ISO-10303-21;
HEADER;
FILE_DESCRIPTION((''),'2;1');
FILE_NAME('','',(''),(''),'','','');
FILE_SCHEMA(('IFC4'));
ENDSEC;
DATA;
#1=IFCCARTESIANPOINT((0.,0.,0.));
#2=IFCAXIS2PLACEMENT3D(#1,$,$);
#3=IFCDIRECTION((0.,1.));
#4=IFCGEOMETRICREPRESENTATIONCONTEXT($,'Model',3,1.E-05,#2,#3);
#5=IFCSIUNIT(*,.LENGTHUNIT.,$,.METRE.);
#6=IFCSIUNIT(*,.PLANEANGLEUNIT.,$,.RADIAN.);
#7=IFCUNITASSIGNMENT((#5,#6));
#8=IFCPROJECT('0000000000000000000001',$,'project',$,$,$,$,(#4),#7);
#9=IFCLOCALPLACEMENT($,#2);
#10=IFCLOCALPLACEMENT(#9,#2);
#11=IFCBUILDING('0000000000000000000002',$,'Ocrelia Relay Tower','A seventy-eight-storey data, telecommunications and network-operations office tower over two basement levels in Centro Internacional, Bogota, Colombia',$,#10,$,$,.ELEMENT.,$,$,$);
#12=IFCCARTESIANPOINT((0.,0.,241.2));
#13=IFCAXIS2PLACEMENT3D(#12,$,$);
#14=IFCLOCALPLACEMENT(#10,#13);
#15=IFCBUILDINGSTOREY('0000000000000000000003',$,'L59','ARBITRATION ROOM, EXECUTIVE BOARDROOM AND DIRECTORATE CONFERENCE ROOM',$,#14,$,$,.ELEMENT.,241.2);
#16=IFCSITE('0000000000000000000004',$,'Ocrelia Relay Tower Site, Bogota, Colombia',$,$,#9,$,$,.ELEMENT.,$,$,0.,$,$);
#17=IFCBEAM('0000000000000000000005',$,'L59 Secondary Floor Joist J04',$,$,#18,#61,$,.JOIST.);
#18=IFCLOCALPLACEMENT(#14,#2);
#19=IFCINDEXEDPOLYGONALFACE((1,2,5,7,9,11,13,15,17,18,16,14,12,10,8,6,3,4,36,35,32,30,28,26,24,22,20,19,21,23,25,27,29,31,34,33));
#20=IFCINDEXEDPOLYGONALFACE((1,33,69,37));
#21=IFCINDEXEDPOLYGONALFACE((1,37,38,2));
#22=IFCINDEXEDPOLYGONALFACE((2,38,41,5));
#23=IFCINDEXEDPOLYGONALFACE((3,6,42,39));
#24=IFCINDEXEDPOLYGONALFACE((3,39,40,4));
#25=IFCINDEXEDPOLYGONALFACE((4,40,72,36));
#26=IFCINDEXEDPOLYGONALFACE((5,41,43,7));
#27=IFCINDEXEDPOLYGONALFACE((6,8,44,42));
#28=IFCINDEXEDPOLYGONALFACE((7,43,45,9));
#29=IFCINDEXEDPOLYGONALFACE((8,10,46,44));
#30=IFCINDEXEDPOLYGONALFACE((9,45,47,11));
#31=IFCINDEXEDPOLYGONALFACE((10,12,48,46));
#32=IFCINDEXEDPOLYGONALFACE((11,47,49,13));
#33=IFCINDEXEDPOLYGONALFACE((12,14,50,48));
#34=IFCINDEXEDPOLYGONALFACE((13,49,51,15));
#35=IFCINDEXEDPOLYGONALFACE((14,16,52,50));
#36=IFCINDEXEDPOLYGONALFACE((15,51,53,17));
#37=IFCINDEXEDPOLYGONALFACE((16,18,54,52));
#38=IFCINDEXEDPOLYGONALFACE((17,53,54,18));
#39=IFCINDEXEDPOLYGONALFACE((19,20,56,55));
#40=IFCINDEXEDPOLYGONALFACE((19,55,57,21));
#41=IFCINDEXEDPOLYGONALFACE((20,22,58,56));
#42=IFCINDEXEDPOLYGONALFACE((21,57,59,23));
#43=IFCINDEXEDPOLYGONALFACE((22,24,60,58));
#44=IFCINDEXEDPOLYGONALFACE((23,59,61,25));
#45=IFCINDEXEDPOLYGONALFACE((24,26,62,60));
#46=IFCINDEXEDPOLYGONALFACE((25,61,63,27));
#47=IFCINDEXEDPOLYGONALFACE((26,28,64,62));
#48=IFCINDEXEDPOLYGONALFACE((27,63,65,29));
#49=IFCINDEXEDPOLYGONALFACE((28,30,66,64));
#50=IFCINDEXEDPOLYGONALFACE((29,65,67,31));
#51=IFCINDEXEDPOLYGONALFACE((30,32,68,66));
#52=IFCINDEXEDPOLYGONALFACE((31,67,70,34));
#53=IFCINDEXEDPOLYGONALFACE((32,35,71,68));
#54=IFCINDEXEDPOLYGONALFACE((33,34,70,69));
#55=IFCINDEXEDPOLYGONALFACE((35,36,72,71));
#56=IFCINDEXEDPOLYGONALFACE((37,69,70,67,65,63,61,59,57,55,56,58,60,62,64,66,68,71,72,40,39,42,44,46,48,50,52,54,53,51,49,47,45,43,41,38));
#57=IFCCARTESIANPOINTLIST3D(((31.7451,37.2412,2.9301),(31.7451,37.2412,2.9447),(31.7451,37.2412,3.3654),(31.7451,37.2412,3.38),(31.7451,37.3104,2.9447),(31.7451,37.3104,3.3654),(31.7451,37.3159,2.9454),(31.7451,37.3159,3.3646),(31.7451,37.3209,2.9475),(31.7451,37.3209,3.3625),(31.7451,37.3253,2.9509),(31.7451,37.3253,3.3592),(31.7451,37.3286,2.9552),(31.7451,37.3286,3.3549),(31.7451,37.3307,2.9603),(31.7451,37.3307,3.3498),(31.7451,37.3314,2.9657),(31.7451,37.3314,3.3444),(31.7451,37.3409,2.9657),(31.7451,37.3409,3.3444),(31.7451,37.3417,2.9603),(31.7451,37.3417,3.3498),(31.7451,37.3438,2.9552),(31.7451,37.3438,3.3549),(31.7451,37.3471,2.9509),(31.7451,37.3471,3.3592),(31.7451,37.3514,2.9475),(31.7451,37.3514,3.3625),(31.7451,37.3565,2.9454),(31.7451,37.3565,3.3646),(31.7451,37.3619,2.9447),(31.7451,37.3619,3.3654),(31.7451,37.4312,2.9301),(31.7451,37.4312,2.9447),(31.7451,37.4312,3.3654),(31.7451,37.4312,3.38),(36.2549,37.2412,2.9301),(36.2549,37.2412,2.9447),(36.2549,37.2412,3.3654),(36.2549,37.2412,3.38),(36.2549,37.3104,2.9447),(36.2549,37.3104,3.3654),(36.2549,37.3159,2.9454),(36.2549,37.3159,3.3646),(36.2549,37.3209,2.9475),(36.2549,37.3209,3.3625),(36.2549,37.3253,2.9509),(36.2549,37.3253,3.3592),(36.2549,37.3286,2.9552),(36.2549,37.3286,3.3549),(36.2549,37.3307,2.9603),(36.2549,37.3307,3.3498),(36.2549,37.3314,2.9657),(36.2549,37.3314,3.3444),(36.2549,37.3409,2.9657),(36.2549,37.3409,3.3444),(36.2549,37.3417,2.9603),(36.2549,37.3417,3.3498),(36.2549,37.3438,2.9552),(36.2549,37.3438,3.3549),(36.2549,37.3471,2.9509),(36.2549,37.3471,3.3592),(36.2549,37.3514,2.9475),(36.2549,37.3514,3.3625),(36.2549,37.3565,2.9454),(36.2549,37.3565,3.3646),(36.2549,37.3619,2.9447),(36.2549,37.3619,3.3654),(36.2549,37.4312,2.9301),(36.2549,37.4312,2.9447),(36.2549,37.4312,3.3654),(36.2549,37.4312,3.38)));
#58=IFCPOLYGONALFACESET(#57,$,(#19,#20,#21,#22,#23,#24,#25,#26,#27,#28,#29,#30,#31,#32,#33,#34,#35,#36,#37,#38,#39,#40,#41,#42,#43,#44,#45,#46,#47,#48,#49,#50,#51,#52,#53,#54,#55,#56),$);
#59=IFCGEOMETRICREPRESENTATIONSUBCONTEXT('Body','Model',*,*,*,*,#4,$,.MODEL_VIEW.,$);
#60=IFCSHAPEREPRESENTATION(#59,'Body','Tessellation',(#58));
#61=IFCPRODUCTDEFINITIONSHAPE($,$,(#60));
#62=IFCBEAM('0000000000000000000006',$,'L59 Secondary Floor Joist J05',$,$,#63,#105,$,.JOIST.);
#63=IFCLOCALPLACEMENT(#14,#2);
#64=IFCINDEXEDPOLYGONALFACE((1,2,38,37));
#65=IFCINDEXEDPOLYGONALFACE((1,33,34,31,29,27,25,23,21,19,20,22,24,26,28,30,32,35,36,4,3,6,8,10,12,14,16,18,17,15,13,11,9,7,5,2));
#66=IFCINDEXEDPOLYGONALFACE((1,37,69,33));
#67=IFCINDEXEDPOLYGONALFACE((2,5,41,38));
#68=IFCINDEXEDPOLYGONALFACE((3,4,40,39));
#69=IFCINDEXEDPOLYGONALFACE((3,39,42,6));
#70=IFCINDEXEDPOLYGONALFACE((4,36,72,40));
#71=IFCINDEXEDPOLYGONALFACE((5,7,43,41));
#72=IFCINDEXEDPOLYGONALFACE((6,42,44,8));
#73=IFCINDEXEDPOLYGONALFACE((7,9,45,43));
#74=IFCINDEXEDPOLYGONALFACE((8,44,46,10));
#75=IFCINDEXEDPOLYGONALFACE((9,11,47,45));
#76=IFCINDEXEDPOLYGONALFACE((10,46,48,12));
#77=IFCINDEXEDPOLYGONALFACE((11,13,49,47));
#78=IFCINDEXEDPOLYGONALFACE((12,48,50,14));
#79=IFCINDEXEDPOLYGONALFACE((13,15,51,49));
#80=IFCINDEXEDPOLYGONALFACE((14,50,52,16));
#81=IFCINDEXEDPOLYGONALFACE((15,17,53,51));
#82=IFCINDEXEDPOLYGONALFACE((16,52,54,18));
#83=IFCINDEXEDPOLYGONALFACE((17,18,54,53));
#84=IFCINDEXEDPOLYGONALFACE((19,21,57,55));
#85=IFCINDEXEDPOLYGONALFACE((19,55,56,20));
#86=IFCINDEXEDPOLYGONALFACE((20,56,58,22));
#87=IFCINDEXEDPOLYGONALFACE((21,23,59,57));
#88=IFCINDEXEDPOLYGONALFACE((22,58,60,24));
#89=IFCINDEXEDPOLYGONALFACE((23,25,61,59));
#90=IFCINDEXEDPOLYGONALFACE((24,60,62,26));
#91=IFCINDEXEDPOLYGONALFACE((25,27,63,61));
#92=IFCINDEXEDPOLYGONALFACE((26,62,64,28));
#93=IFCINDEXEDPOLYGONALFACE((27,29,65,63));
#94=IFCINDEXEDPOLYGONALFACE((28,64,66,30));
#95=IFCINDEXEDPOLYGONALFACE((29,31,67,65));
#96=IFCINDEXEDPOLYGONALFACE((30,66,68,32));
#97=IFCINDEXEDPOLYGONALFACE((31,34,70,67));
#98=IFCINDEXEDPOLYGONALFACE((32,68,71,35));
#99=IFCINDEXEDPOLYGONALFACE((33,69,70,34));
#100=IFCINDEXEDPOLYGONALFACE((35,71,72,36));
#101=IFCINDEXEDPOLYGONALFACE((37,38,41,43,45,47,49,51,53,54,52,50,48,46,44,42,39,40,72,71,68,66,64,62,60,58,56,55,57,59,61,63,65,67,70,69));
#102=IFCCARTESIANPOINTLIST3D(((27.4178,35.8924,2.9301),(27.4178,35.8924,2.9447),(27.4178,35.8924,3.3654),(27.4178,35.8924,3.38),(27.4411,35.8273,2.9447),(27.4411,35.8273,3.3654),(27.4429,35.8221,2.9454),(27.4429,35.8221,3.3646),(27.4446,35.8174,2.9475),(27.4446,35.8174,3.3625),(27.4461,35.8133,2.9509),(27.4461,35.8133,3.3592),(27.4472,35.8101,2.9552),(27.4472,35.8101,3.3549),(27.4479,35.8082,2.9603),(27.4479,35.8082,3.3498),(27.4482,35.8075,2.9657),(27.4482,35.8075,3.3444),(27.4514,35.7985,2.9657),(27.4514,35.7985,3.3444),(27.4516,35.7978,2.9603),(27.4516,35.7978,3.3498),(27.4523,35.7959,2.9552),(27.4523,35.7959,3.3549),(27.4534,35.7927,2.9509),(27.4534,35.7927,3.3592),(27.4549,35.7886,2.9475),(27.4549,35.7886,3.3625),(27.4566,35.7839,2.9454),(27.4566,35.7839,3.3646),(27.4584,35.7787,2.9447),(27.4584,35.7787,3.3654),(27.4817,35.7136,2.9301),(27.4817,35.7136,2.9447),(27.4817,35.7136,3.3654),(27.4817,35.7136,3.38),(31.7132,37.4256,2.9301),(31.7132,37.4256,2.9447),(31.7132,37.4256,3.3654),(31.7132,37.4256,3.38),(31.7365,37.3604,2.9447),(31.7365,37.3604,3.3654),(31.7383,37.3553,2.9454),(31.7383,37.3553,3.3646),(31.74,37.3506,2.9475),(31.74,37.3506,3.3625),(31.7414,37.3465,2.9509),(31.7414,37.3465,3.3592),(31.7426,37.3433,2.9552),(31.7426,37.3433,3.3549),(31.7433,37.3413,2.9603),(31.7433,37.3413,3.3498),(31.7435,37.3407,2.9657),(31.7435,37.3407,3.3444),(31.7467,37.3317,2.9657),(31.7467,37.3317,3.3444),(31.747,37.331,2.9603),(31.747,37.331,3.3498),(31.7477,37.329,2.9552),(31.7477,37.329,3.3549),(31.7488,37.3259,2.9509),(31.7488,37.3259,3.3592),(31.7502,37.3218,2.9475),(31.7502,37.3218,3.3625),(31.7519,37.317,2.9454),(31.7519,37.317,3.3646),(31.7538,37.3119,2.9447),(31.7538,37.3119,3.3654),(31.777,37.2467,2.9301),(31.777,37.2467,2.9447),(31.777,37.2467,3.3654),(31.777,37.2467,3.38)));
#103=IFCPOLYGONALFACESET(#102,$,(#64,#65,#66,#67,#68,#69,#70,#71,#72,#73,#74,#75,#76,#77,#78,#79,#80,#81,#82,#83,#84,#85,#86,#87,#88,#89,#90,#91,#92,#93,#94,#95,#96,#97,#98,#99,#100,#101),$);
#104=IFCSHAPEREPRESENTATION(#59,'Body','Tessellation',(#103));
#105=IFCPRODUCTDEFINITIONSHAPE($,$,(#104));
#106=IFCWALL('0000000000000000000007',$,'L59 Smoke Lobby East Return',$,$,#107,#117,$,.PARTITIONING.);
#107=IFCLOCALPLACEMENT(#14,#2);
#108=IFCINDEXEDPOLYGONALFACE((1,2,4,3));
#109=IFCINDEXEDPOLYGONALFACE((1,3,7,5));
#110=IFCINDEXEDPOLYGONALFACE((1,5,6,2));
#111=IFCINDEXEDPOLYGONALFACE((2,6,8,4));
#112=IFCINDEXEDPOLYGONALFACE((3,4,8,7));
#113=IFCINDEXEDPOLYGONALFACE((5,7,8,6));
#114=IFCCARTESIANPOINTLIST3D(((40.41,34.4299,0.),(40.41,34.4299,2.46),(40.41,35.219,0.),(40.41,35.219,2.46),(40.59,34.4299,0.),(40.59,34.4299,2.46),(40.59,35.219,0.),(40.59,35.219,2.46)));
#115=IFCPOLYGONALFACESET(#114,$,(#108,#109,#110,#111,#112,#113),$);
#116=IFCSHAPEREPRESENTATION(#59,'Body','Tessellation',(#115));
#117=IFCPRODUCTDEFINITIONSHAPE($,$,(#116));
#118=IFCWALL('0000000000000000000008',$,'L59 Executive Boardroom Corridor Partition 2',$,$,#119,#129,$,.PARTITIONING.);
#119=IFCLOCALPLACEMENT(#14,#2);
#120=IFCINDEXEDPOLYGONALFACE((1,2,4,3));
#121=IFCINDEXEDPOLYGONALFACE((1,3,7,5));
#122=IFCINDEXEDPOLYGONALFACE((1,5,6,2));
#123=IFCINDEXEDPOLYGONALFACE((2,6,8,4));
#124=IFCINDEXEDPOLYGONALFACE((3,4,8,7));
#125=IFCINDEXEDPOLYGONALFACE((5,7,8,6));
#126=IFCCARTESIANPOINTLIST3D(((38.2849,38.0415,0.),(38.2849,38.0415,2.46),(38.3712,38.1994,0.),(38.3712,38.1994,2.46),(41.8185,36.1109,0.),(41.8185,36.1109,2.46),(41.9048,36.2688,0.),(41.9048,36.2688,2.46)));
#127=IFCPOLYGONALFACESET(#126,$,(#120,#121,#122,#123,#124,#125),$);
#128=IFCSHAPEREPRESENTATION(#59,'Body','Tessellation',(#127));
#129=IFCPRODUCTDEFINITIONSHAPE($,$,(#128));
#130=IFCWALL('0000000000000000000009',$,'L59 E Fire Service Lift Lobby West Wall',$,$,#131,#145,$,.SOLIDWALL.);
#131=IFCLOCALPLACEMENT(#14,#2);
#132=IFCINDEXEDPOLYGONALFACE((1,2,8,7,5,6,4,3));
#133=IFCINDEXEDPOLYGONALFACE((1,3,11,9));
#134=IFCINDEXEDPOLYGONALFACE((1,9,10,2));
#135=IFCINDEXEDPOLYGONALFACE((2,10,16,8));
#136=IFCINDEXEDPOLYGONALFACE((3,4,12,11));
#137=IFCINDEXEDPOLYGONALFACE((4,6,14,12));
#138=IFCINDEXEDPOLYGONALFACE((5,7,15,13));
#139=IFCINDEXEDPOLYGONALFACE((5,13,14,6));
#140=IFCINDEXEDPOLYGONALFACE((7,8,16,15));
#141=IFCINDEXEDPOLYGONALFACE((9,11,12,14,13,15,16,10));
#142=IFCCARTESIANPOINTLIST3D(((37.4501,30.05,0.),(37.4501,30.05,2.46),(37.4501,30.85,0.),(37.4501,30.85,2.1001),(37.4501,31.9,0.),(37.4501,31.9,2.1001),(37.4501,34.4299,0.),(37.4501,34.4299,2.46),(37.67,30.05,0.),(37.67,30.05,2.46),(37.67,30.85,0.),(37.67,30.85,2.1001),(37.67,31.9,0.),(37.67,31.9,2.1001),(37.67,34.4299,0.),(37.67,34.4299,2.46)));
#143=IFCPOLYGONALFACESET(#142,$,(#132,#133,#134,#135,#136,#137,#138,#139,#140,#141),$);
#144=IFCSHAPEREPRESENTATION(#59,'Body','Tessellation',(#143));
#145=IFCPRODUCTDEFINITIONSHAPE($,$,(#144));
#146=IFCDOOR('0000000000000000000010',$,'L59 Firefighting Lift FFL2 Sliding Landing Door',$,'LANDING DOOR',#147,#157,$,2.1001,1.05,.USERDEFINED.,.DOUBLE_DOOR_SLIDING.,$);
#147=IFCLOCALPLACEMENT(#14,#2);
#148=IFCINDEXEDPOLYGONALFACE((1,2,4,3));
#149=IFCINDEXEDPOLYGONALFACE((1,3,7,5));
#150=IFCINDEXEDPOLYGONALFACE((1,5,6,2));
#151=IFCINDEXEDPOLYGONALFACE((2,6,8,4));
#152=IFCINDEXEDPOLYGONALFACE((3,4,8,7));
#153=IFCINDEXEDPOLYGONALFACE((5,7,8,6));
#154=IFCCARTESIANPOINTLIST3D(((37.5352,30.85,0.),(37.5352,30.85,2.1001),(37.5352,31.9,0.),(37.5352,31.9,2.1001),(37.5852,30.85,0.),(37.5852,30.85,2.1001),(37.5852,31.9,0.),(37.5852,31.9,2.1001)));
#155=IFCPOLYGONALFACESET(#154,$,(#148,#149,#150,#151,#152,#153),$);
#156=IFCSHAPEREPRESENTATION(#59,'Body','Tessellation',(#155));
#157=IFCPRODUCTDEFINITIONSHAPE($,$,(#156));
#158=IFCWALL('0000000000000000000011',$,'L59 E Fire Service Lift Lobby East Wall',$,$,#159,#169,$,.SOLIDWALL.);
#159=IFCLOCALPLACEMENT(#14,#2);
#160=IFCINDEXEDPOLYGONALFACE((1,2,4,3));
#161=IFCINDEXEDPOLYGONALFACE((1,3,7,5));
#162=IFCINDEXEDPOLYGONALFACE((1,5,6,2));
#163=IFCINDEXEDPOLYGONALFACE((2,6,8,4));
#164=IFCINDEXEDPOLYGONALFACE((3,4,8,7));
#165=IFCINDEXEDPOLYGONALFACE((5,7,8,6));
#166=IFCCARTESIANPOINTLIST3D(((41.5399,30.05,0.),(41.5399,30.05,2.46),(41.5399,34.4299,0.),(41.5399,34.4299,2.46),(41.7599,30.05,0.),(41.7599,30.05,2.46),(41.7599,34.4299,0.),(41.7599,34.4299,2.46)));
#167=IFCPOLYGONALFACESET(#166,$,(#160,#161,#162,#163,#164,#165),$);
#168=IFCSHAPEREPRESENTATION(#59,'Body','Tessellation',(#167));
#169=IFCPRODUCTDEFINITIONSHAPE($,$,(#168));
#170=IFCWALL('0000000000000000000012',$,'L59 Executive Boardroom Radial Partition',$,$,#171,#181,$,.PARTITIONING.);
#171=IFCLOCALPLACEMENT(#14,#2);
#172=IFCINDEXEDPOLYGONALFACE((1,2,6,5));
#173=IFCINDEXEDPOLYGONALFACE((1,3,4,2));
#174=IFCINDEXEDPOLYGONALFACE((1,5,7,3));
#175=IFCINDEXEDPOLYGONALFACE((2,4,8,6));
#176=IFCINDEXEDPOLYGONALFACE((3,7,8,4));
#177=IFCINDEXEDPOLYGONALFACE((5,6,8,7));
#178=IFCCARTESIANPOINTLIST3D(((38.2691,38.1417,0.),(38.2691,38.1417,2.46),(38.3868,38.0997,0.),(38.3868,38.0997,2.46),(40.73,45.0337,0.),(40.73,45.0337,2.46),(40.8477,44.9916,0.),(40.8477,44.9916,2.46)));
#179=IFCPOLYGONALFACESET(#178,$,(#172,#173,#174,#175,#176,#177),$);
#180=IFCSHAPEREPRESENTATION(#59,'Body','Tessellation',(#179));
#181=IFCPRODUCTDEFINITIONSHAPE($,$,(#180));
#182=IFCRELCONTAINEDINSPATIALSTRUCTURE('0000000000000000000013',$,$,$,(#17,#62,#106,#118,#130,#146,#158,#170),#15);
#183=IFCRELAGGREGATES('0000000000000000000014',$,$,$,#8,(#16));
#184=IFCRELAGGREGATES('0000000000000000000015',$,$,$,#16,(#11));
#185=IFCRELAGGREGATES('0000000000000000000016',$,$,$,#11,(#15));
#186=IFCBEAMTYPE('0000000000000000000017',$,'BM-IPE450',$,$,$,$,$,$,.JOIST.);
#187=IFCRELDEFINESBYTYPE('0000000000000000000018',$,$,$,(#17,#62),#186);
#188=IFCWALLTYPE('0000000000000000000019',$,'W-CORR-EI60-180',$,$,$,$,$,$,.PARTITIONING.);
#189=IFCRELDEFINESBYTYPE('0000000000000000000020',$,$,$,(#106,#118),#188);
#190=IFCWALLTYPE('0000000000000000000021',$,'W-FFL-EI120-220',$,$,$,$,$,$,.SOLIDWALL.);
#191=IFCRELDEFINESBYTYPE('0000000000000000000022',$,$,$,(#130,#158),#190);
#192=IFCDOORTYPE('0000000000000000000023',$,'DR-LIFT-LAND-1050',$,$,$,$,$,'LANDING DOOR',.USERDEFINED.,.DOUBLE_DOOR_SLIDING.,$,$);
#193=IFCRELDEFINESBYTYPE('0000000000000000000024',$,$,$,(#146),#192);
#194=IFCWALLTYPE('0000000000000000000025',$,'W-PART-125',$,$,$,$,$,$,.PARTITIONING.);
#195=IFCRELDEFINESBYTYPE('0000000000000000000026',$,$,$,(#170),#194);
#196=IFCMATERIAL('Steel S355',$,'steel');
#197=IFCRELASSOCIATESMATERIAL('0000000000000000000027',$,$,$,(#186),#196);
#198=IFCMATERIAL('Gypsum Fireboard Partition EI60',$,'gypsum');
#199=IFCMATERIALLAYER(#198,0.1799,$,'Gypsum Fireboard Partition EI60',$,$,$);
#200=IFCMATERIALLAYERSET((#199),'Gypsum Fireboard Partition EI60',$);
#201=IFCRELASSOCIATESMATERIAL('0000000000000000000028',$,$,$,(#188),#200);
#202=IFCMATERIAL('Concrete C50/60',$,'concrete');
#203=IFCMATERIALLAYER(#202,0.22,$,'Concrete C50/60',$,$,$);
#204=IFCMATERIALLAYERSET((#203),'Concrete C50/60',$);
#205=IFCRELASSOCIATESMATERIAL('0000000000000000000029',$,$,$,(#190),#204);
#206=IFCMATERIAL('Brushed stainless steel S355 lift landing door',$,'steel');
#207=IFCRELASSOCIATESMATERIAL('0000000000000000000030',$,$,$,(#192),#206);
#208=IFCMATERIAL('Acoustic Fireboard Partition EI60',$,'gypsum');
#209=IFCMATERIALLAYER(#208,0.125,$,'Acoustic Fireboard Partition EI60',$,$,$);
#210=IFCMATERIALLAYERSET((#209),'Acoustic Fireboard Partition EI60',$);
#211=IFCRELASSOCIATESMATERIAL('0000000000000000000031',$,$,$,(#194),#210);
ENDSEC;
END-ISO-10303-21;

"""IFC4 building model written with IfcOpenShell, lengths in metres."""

from ifc_helpers import new_model, si_unit, direction, frame, frame_2d, origin, origin_2d, place, context, subcontext, project, spatial, rectangle, i_section, extrude, material, layer, layer_set, material_profile, profile_set, type_object, element, fill, save


model = new_model("IFC4")

# Units and contexts
model_context = context("Model", 3, precision=1e-05, world=origin(), true_north=direction((0.0, 1.0)))
body_context = subcontext(model_context, "Body", "Model", "MODEL_VIEW")
ifc_project = project(units=[si_unit("LENGTHUNIT", "METRE"), si_unit("PLANEANGLEUNIT", "RADIAN")], contexts=[model_context])

# Site, building, storey
site_placement = place(None, origin())
site = spatial("IfcSite", under=ifc_project, at=site_placement, Name="Ocrelia Relay Tower Site, Bogota, Colombia", CompositionType="ELEMENT", RefElevation=0.0)
building_placement = place(site_placement, origin())
building = spatial("IfcBuilding", under=site, at=building_placement, Name="Ocrelia Relay Tower", Description="A seventy-eight-storey data, telecommunications and network-operations office tower over two basement levels in Centro Internacional, Bogota, Colombia", CompositionType="ELEMENT")
storey_placement = place(building_placement, frame((0.0, 0.0, 241.2)))
storey = spatial("IfcBuildingStorey", under=building, at=storey_placement, Name="L59", Description="ARBITRATION ROOM, EXECUTIVE BOARDROOM AND DIRECTORATE CONFERENCE ROOM", CompositionType="ELEMENT", Elevation=241.2)

# Shared definitions
ifc_material_1 = material(Name="Concrete C50/60", Category="concrete")

# Beams
ifc_material_2 = material(Name="Steel S355", Category="steel")
ifc_material_profile_1 = material_profile(ifc_material_2, i_section(OverallWidth=0.1899, OverallDepth=0.45, WebThickness=0.0095, FlangeThickness=0.0146, FilletRadius=0.021, at=origin_2d()), Name="IPE 450")
ifc_profile_set_1 = profile_set([ifc_material_profile_1], Name="Steel S355")
beam_type_1 = type_object("IfcBeamType", Name="BM-IPE450", PredefinedType="JOIST", material=ifc_profile_set_1)
beam_1_placement = place(storey_placement, frame((36.2549, 37.3362, 3.155), z_axis=(-1.0, 0.0, 0.0), x_axis=(0.0, -1.0, 0.0)))
element("IfcBeam", 1, at=beam_1_placement, inside=storey, type_object=beam_type_1, Name="L59 Secondary Floor Joist J04", PredefinedType="JOIST", context=body_context, shape_type="SweptSolid", body=[
    extrude(i_section(OverallWidth=0.1899, OverallDepth=0.45, WebThickness=0.0095, FlangeThickness=0.0146, FilletRadius=0.021, at=origin_2d()), origin(), (0.0, 0.0, 1.0), 4.5098),
])
beam_2_placement = place(storey_placement, frame((31.7451, 37.3362, 3.155), z_axis=(-0.941802, -0.336167, 0.0), x_axis=(0.336167, -0.941802, 0.0)))
element("IfcBeam", 2, at=beam_2_placement, inside=storey, type_object=beam_type_1, Name="L59 Secondary Floor Joist J05", PredefinedType="JOIST", context=body_context, shape_type="SweptSolid", body=[
    extrude(i_section(OverallWidth=0.1899, OverallDepth=0.45, WebThickness=0.0095, FlangeThickness=0.0146, FilletRadius=0.021, at=origin_2d()), origin(), (0.0, 0.0, 1.0), 4.5608),
])

# Wall
ifc_material_3 = material(Name="Gypsum Fireboard Partition EI60", Category="gypsum")
ifc_layer_1 = layer(ifc_material_3, 0.1799, Name="Gypsum Fireboard Partition EI60")
ifc_layer_set_1 = layer_set([ifc_layer_1], Name="Gypsum Fireboard Partition EI60")
wall_type_1 = type_object("IfcWallType", Name="W-CORR-EI60-180", PredefinedType="PARTITIONING", material=ifc_layer_set_1)
wall_1_placement = place(storey_placement, frame((40.5, 35.219, 0.0), z_axis=(0.0, 0.0, 1.0), x_axis=(0.0, -1.0, 0.0)))
element("IfcWall", 3, at=wall_1_placement, inside=storey, type_object=wall_type_1, Name="L59 Smoke Lobby East Return", PredefinedType="PARTITIONING", context=body_context, shape_type="SweptSolid", body=[
    extrude(rectangle(XDim=0.7891, YDim=0.1799, at=frame_2d((0.3945, 0.0))), origin(), (0.0, 0.0, 1.0), 2.46),
])

# Wall
wall_2_placement = place(storey_placement, frame((41.8616, 36.1899, 0.0), z_axis=(0.0, 0.0, 1.0), x_axis=(-0.877562, 0.479464, 0.0)))
element("IfcWall", 4, at=wall_2_placement, inside=storey, type_object=wall_type_1, Name="L59 Executive Boardroom Corridor Partition 2", PredefinedType="PARTITIONING", context=body_context, shape_type="SweptSolid", body=[
    extrude(rectangle(XDim=4.0266, YDim=0.1799, at=frame_2d((2.0132, 0.0))), origin(), (0.0, 0.0, 1.0), 2.46),
])

# Wall, opening, door
ifc_layer_2 = layer(ifc_material_1, 0.22, Name="Concrete C50/60")
ifc_layer_set_2 = layer_set([ifc_layer_2], Name="Concrete C50/60")
wall_type_2 = type_object("IfcWallType", Name="W-FFL-EI120-220", PredefinedType="SOLIDWALL", material=ifc_layer_set_2)
wall_3_placement = place(storey_placement, frame((37.5601, 30.05, 0.0), z_axis=(0.0, 0.0, 1.0), x_axis=(0.0, 1.0, 0.0)))
wall_3 = element("IfcWall", 5, at=wall_3_placement, inside=storey, type_object=wall_type_2, Name="L59 E Fire Service Lift Lobby West Wall", PredefinedType="SOLIDWALL", context=body_context, shape_type="SweptSolid", body=[
    extrude(rectangle(XDim=4.3799, YDim=0.22, at=frame_2d((2.1899, 0.0))), origin(), (0.0, 0.0, 1.0), 2.46),
])
opening_1_placement = place(wall_3_placement, frame((0.8, 0.0, 0.0)))
opening_1 = element("IfcOpeningElement", 6, at=opening_1_placement, cuts=wall_3, PredefinedType="OPENING", context=body_context, shape_type="SweptSolid", body=[
    extrude(rectangle(XDim=1.05, YDim=2.1001, at=frame_2d((0.5249, 1.05))), frame((0.0, 0.1201, 0.0), z_axis=(0.0, -1.0, 0.0), x_axis=(1.0, 0.0, 0.0)), (0.0, 0.0, 1.0), 0.24),
])
ifc_material_4 = material(Name="Brushed stainless steel S355 lift landing door", Category="steel")
door_type_1 = type_object("IfcDoorType", Name="DR-LIFT-LAND-1050", ElementType="LANDING DOOR", OperationType="DOUBLE_DOOR_SLIDING", PredefinedType="USERDEFINED", material=ifc_material_4)
door_1_placement = place(opening_1_placement, origin())
door_1 = element("IfcDoor", 7, at=door_1_placement, inside=storey, type_object=door_type_1, Name="L59 Firefighting Lift FFL2 Sliding Landing Door", ObjectType="LANDING DOOR", OperationType="DOUBLE_DOOR_SLIDING", OverallHeight=2.1001, OverallWidth=1.05, PredefinedType="USERDEFINED", context=body_context, shape_type="SweptSolid", body=[
    extrude(rectangle(XDim=1.05, YDim=2.1001, at=frame_2d((0.5249, 1.05))), frame((0.0, 0.0249, 0.0), z_axis=(0.0, -1.0, 0.0), x_axis=(1.0, 0.0, 0.0)), (0.0, 0.0, 1.0), 0.05),
])
fill(opening_1, door_1)

# Wall
wall_4_placement = place(storey_placement, frame((41.6499, 30.05, 0.0), z_axis=(0.0, 0.0, 1.0), x_axis=(0.0, 1.0, 0.0)))
element("IfcWall", 8, at=wall_4_placement, inside=storey, type_object=wall_type_2, Name="L59 E Fire Service Lift Lobby East Wall", PredefinedType="SOLIDWALL", context=body_context, shape_type="SweptSolid", body=[
    extrude(rectangle(XDim=4.3799, YDim=0.22, at=frame_2d((2.1899, 0.0))), origin(), (0.0, 0.0, 1.0), 2.46),
])

# Wall
ifc_material_5 = material(Name="Acoustic Fireboard Partition EI60", Category="gypsum")
ifc_layer_3 = layer(ifc_material_5, 0.125, Name="Acoustic Fireboard Partition EI60")
ifc_layer_set_3 = layer_set([ifc_layer_3], Name="Acoustic Fireboard Partition EI60")
wall_type_3 = type_object("IfcWallType", Name="W-PART-125", PredefinedType="PARTITIONING", material=ifc_layer_set_3)
wall_5_placement = place(storey_placement, frame((38.3279, 38.1206, 0.0), z_axis=(0.0, 0.0, 1.0), x_axis=(0.336284, 0.941761, 0.0)))
element("IfcWall", 9, at=wall_5_placement, inside=storey, type_object=wall_type_3, Name="L59 Executive Boardroom Radial Partition", PredefinedType="PARTITIONING", context=body_context, shape_type="SweptSolid", body=[
    extrude(rectangle(XDim=7.3181, YDim=0.125, at=frame_2d((3.6592, 0.0))), origin(), (0.0, 0.0, 1.0), 2.46),
])

save(model, "model.ifc")
